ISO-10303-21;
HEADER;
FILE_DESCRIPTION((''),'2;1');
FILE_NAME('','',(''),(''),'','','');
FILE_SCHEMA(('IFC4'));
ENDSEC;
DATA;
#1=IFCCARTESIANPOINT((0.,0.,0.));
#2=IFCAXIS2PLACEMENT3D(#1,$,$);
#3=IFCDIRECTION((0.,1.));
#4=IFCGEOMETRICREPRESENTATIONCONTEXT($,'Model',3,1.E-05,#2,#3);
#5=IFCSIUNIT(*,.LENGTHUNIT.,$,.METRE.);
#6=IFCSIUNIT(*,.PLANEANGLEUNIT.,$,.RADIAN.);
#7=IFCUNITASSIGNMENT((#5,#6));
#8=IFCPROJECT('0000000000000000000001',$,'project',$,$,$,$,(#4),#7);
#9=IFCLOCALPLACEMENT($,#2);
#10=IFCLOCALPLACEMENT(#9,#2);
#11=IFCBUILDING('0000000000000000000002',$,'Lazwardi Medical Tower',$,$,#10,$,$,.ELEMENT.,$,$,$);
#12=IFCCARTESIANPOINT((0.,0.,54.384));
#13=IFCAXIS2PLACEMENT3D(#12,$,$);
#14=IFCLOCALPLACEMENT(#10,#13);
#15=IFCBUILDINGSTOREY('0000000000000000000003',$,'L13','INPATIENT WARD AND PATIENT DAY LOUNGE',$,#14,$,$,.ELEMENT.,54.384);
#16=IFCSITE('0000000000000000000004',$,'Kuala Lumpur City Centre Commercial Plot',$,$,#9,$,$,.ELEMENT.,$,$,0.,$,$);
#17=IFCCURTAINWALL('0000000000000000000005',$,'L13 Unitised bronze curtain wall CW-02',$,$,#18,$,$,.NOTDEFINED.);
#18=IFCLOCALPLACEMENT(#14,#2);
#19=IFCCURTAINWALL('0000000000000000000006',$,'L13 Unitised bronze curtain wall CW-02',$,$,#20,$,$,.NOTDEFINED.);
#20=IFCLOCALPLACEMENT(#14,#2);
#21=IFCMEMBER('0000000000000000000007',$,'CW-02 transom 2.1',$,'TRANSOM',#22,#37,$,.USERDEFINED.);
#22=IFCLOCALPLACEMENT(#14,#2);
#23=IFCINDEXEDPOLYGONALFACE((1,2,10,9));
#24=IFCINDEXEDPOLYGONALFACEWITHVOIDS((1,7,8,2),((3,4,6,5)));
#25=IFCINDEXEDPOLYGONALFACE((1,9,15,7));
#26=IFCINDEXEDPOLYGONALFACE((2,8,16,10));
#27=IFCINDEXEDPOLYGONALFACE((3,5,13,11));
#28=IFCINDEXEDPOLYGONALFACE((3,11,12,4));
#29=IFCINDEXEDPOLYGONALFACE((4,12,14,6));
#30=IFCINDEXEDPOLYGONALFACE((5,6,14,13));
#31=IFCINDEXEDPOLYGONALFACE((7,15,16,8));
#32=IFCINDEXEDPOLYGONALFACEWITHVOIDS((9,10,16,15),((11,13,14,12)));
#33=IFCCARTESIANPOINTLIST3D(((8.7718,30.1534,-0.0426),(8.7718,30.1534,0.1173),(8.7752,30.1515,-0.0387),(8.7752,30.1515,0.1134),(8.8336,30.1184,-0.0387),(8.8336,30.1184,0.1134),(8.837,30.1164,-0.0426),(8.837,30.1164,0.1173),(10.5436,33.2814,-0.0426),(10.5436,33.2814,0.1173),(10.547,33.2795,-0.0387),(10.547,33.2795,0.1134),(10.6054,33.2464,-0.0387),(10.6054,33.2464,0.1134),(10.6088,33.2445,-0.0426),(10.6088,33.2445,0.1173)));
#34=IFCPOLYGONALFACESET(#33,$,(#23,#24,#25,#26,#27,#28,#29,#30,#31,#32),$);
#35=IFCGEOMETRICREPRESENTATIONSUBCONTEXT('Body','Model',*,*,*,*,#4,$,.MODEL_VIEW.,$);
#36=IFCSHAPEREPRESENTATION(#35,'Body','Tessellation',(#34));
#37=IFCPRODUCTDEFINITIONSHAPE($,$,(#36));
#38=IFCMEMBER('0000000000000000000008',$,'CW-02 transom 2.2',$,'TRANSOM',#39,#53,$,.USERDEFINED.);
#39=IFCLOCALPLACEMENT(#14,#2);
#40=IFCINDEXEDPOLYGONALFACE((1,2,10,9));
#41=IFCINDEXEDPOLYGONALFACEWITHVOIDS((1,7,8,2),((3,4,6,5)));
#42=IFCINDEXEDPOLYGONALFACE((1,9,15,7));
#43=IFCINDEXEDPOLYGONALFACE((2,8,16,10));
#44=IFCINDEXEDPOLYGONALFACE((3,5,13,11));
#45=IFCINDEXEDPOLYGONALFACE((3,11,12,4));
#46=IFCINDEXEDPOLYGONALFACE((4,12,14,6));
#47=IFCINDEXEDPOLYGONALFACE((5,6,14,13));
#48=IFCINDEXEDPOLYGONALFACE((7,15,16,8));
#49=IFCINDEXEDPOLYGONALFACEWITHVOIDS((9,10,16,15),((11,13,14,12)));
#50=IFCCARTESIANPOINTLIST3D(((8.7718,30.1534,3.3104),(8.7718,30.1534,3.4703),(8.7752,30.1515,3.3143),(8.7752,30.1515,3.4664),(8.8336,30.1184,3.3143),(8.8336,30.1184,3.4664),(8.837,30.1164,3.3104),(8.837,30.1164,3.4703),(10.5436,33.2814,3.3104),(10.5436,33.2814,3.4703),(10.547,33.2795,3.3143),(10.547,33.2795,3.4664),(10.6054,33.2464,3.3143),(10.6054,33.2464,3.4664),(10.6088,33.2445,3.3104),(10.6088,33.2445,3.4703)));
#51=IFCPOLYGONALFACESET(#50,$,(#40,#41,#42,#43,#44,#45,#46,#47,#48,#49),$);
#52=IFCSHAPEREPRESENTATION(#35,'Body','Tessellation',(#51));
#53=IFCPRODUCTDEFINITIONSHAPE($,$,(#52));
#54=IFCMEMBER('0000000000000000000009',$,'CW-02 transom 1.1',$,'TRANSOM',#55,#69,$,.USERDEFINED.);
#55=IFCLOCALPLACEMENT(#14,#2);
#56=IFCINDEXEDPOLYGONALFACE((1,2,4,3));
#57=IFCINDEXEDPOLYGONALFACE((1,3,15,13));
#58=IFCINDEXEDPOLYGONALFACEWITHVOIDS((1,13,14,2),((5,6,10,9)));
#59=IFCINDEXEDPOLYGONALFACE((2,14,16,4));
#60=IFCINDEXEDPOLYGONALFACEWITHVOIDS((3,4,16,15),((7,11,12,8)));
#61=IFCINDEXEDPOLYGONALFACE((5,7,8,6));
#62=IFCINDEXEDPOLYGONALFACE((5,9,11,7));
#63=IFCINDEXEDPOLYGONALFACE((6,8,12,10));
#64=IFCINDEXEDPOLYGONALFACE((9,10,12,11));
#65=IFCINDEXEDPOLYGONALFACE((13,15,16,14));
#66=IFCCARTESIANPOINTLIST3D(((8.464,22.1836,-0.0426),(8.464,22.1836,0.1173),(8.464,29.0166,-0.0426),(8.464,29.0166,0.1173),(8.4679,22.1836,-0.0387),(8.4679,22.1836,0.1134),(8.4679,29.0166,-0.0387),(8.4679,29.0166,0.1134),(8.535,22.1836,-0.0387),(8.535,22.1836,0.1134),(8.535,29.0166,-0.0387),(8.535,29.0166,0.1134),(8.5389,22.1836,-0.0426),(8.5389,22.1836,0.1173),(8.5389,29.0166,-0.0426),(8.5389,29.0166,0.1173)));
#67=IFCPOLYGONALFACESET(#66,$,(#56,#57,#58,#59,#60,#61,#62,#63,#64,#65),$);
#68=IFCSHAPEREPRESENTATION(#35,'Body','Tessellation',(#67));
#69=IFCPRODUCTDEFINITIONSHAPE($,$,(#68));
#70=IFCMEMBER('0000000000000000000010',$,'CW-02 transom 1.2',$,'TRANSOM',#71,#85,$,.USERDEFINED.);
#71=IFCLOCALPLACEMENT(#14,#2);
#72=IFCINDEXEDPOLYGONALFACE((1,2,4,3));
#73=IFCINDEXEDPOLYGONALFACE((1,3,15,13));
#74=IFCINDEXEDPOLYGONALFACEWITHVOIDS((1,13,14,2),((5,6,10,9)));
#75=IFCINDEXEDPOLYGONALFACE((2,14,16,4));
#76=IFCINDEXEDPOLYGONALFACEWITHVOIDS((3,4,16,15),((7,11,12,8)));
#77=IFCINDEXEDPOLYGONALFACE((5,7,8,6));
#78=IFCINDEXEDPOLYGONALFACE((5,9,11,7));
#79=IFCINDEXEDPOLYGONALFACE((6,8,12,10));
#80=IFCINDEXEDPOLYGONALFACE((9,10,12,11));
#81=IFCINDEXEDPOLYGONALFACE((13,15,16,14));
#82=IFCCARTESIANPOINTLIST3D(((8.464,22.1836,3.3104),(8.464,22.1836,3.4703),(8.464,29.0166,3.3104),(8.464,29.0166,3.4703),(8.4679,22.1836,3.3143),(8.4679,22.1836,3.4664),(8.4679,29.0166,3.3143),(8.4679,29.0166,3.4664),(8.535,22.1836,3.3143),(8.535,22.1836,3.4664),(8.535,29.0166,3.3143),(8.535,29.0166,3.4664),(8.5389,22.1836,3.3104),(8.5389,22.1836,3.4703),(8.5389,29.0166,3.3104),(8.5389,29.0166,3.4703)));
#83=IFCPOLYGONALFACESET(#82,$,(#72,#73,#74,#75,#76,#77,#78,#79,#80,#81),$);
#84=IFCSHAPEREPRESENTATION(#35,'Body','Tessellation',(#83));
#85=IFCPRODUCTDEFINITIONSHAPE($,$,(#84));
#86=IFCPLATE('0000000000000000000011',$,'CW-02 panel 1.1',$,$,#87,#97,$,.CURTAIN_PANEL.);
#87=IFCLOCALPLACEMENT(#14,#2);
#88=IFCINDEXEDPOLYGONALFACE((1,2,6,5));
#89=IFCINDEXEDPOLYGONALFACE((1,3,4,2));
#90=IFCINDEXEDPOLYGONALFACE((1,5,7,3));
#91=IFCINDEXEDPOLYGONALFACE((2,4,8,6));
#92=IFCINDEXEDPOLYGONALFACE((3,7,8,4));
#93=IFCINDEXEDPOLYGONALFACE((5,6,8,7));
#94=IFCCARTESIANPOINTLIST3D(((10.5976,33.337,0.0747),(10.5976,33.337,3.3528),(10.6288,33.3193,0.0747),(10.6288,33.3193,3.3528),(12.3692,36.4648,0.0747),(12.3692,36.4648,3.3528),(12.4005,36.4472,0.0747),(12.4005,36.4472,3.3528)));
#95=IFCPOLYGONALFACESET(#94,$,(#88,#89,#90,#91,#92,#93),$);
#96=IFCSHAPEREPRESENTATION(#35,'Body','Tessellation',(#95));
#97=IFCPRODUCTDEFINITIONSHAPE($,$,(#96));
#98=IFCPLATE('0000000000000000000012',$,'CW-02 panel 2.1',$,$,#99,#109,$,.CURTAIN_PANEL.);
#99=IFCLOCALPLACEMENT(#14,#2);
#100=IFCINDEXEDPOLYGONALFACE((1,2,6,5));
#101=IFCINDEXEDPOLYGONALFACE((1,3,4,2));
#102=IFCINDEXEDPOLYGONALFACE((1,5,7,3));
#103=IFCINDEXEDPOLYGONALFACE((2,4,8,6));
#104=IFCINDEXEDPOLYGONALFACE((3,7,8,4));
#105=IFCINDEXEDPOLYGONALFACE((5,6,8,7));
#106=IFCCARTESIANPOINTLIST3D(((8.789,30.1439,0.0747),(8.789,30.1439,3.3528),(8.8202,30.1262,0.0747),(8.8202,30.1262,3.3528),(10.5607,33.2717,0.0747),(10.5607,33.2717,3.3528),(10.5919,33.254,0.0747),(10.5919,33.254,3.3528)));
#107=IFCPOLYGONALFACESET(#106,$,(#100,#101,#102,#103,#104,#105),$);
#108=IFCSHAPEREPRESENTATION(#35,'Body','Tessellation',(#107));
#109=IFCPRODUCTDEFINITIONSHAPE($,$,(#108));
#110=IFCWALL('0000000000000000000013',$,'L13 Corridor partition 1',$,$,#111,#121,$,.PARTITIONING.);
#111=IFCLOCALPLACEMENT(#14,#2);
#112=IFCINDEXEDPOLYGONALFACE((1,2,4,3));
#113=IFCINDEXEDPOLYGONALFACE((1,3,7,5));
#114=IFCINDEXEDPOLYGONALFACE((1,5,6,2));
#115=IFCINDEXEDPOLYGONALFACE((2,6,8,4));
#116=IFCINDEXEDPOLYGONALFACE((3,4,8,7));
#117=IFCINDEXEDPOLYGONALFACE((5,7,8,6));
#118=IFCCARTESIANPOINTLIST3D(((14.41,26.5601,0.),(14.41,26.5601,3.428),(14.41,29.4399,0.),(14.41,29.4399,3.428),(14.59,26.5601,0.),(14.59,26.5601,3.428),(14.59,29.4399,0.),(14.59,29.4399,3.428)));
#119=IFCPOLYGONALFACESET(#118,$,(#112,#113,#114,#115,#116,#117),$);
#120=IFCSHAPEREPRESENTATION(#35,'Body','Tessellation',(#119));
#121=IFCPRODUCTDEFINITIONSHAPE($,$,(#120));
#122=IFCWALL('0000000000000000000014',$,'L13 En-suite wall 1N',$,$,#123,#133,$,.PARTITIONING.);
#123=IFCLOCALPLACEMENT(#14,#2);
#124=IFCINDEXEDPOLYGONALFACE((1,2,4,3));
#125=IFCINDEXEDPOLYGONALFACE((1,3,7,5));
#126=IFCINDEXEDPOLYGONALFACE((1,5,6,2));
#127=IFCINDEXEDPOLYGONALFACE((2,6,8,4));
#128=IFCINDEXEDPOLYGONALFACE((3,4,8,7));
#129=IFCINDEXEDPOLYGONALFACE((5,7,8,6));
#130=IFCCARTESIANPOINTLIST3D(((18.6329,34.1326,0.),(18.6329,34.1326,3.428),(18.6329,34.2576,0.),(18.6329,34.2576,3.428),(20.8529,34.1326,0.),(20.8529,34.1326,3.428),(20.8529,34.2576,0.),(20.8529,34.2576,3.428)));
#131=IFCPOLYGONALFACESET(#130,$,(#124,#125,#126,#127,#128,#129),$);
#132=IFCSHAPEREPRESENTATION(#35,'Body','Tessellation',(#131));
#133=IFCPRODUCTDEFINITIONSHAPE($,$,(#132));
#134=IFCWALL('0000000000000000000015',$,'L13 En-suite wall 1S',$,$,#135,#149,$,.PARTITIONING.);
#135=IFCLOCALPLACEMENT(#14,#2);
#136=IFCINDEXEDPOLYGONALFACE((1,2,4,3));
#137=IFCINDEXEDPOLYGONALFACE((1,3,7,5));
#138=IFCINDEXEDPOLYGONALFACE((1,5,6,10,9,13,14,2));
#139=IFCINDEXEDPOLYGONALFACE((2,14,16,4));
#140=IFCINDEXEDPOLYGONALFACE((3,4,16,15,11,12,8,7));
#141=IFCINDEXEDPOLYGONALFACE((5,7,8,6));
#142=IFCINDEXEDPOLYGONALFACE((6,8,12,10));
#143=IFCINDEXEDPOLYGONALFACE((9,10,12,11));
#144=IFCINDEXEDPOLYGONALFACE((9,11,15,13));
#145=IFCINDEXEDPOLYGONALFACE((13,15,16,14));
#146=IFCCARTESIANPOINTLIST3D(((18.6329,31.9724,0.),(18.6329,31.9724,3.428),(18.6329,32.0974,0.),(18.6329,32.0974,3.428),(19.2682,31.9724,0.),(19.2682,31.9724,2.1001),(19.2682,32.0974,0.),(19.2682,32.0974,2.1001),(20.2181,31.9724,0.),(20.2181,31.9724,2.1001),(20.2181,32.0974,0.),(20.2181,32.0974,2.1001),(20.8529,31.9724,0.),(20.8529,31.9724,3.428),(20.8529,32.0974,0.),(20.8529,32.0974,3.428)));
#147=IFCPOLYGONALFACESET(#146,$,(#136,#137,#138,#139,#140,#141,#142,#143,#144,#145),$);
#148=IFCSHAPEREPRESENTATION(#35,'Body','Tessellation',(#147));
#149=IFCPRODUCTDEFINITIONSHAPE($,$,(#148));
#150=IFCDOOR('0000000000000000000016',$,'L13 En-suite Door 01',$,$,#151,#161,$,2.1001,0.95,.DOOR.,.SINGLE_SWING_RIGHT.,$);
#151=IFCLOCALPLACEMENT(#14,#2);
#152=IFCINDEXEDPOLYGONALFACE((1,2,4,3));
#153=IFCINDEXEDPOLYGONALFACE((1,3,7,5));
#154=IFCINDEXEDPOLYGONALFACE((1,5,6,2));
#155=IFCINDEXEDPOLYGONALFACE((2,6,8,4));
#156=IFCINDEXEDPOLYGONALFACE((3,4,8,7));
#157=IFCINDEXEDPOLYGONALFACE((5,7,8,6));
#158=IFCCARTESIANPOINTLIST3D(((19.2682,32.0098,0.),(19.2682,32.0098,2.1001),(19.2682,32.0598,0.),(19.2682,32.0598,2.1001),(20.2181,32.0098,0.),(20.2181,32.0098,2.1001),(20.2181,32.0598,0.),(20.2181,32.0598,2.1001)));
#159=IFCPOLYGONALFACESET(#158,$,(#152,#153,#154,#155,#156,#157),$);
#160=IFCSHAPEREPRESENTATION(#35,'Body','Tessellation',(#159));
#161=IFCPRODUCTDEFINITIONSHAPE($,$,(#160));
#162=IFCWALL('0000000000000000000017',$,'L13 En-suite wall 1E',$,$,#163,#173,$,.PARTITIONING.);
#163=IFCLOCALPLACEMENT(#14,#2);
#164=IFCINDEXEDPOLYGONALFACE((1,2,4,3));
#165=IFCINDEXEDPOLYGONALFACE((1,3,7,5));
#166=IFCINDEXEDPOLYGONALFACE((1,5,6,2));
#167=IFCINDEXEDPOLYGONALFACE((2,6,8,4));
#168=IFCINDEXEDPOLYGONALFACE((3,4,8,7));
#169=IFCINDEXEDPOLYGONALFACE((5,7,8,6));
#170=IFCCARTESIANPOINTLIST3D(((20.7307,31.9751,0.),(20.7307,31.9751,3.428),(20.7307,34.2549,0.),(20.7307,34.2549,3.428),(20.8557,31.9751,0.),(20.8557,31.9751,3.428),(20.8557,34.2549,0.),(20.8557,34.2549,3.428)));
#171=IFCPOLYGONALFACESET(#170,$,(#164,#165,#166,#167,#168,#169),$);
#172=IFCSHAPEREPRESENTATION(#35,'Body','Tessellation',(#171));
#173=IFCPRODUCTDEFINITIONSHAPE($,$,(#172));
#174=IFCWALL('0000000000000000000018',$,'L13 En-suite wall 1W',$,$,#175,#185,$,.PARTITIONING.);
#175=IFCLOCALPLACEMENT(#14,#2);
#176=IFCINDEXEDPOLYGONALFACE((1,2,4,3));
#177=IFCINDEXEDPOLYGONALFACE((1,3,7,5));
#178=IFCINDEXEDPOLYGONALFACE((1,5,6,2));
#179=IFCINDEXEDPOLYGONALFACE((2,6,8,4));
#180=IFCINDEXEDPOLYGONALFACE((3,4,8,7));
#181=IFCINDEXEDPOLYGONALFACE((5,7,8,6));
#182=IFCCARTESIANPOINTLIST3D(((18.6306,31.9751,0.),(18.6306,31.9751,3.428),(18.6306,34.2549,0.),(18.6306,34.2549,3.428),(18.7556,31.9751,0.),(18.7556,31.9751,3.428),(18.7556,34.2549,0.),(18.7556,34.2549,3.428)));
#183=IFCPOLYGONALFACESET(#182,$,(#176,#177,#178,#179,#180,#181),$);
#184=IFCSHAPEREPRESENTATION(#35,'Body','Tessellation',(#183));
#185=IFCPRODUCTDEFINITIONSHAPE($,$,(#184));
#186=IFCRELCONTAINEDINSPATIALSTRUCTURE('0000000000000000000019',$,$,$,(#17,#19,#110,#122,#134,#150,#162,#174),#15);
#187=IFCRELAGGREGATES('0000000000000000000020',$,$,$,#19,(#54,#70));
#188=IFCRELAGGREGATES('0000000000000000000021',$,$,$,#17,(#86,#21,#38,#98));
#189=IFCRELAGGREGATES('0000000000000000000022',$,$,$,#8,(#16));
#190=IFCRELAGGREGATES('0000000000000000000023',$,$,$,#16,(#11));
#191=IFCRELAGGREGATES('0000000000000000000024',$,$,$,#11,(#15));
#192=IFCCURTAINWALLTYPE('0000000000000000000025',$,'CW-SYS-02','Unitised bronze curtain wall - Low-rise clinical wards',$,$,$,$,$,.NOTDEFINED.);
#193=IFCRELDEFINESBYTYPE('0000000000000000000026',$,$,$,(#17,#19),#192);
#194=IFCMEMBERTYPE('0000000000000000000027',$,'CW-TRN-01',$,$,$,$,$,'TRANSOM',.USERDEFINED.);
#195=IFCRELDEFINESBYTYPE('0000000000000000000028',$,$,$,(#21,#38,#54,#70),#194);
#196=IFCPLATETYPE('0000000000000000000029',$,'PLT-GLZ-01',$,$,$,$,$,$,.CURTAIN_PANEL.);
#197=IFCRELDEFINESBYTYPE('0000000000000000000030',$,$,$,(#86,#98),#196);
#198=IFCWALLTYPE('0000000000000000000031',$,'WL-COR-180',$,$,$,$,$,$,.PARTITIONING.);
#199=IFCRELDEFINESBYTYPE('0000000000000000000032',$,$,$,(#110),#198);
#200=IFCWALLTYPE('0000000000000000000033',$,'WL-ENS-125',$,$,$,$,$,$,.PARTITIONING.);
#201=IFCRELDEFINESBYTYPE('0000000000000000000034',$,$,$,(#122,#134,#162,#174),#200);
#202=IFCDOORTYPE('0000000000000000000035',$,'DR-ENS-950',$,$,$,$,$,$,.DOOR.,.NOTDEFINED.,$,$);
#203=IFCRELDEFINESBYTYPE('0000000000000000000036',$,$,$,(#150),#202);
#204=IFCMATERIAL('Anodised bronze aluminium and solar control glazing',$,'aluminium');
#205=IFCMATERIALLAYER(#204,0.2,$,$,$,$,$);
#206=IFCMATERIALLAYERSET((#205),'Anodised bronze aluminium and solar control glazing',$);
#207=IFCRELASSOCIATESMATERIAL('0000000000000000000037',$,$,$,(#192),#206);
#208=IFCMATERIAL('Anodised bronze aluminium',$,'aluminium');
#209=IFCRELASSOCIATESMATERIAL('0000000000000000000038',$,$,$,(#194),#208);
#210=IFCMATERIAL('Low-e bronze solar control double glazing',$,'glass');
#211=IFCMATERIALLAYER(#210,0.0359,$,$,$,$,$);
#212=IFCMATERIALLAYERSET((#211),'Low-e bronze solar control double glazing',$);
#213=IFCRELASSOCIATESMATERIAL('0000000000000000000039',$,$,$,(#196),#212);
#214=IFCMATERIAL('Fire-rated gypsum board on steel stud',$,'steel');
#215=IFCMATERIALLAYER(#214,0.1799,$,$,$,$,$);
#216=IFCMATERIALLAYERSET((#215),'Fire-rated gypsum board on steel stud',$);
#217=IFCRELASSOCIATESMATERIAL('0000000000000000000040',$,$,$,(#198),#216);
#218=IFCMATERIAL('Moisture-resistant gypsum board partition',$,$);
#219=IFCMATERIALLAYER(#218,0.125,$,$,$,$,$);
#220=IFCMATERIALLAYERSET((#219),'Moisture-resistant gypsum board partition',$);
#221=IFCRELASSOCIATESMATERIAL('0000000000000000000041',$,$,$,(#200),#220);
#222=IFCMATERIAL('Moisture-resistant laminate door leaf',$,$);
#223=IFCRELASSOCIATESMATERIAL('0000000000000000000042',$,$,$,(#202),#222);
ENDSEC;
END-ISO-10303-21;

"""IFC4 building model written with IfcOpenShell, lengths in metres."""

from ifc_helpers import new_model, si_unit, direction, frame, frame_2d, origin, origin_2d, place, context, subcontext, project, spatial, rectangle, hollow_rectangle, extrude, material, layer, layer_set, material_profile, profile_set, type_object, element, fill, aggregate, save


model = new_model("IFC4")

# Units and contexts
model_context = context("Model", 3, precision=1e-05, world=origin(), true_north=direction((0.0, 1.0)))
body_context = subcontext(model_context, "Body", "Model", "MODEL_VIEW")
ifc_project = project(units=[si_unit("LENGTHUNIT", "METRE"), si_unit("PLANEANGLEUNIT", "RADIAN")], contexts=[model_context])

# Site, building, storey
site_placement = place(None, origin())
site = spatial("IfcSite", under=ifc_project, at=site_placement, Name="Kuala Lumpur City Centre Commercial Plot", CompositionType="ELEMENT", RefElevation=0.0)
building_placement = place(site_placement, origin())
building = spatial("IfcBuilding", under=site, at=building_placement, Name="Lazwardi Medical Tower", CompositionType="ELEMENT")
storey_placement = place(building_placement, frame((0.0, 0.0, 54.384)))
storey = spatial("IfcBuildingStorey", under=building, at=storey_placement, Name="L13", Description="INPATIENT WARD AND PATIENT DAY LOUNGE", CompositionType="ELEMENT", Elevation=54.384)

# Curtain wall
ifc_material_1 = material(Name="Anodised bronze aluminium and solar control glazing", Category="aluminium")
ifc_layer_1 = layer(ifc_material_1, 0.2)
ifc_layer_set_1 = layer_set([ifc_layer_1], Name="Anodised bronze aluminium and solar control glazing")
curtain_wall_type = type_object("IfcCurtainWallType", Name="CW-SYS-02", Description="Unitised bronze curtain wall - Low-rise clinical wards", PredefinedType="NOTDEFINED", material=ifc_layer_set_1)
curtain_wall_1_placement = place(storey_placement, origin())
curtain_wall_1 = element("IfcCurtainWall", 1, at=curtain_wall_1_placement, inside=storey, type_object=curtain_wall_type, Name="L13 Unitised bronze curtain wall CW-02", PredefinedType="NOTDEFINED")
ifc_material_2 = material(Name="Anodised bronze aluminium", Category="aluminium")

# Curtain wall
curtain_wall_2_placement = place(storey_placement, origin())
curtain_wall_2 = element("IfcCurtainWall", 2, at=curtain_wall_2_placement, inside=storey, type_object=curtain_wall_type, Name="L13 Unitised bronze curtain wall CW-02", PredefinedType="NOTDEFINED")

# Members
ifc_material_profile_1 = material_profile(ifc_material_2, hollow_rectangle(XDim=0.075, YDim=0.1599, WallThickness=0.0039, at=origin_2d()), Name="ALU-TRANSOM 160x75x4")
ifc_profile_set_1 = profile_set([ifc_material_profile_1], Name="Anodised bronze aluminium")
member_type_1 = type_object("IfcMemberType", Name="CW-TRN-01", ElementType="TRANSOM", PredefinedType="USERDEFINED", material=ifc_profile_set_1)
member_1_placement = place(storey_placement, frame((10.5762, 33.2629, 0.0374), z_axis=(-0.492851, -0.870113, 0.0), x_axis=(0.870113, -0.492851, 0.0)))
member_1 = element("IfcMember", 3, at=member_1_placement, type_object=member_type_1, Name="CW-02 transom 2.1", ObjectType="TRANSOM", PredefinedType="USERDEFINED", context=body_context, shape_type="SweptSolid", body=[
    extrude(hollow_rectangle(XDim=0.075, YDim=0.1599, WallThickness=0.0039, at=origin_2d()), origin(), (0.0, 0.0, 1.0), 3.595),
])
member_2_placement = place(storey_placement, frame((10.5762, 33.2629, 3.3904), z_axis=(-0.492851, -0.870113, 0.0), x_axis=(0.870113, -0.492851, 0.0)))
member_2 = element("IfcMember", 4, at=member_2_placement, type_object=member_type_1, Name="CW-02 transom 2.2", ObjectType="TRANSOM", PredefinedType="USERDEFINED", context=body_context, shape_type="SweptSolid", body=[
    extrude(hollow_rectangle(XDim=0.075, YDim=0.1599, WallThickness=0.0039, at=origin_2d()), origin(), (0.0, 0.0, 1.0), 3.595),
])
member_3_placement = place(storey_placement, frame((8.5015, 29.0166, 0.0374), z_axis=(0.0, -1.0, 0.0), x_axis=(1.0, 0.0, 0.0)))
member_3 = element("IfcMember", 5, at=member_3_placement, type_object=member_type_1, Name="CW-02 transom 1.1", ObjectType="TRANSOM", PredefinedType="USERDEFINED", context=body_context, shape_type="SweptSolid", body=[
    extrude(hollow_rectangle(XDim=0.075, YDim=0.1599, WallThickness=0.0039, at=origin_2d()), origin(), (0.0, 0.0, 1.0), 6.833),
])
member_4_placement = place(storey_placement, frame((8.5015, 29.0166, 3.3904), z_axis=(0.0, -1.0, 0.0), x_axis=(1.0, 0.0, 0.0)))
member_4 = element("IfcMember", 6, at=member_4_placement, type_object=member_type_1, Name="CW-02 transom 1.2", ObjectType="TRANSOM", PredefinedType="USERDEFINED", context=body_context, shape_type="SweptSolid", body=[
    extrude(hollow_rectangle(XDim=0.075, YDim=0.1599, WallThickness=0.0039, at=origin_2d()), origin(), (0.0, 0.0, 1.0), 6.833),
])
aggregate(curtain_wall_2, [member_3, member_4])

# Plates
ifc_material_3 = material(Name="Low-e bronze solar control double glazing", Category="glass")
ifc_layer_2 = layer(ifc_material_3, 0.0359)
ifc_layer_set_2 = layer_set([ifc_layer_2], Name="Low-e bronze solar control double glazing")
plate_type = type_object("IfcPlateType", Name="PLT-GLZ-01", PredefinedType="CURTAIN_PANEL", material=ifc_layer_set_2)
plate_1_placement = place(storey_placement, frame((11.499, 34.8921, 0.0747), z_axis=(0.0, 0.0, 1.0), x_axis=(-0.492854, -0.870112, 0.0)))
plate_1 = element("IfcPlate", 7, at=plate_1_placement, type_object=plate_type, Name="CW-02 panel 1.1", PredefinedType="CURTAIN_PANEL", context=body_context, shape_type="SweptSolid", body=[
    extrude(rectangle(XDim=3.5947, YDim=0.0359, at=origin_2d()), origin(), (0.0, 0.0, 1.0), 3.2781),
])
plate_2_placement = place(storey_placement, frame((9.6904, 31.699, 0.0747), z_axis=(0.0, 0.0, 1.0), x_axis=(-0.492854, -0.870112, 0.0)))
plate_2 = element("IfcPlate", 8, at=plate_2_placement, type_object=plate_type, Name="CW-02 panel 2.1", PredefinedType="CURTAIN_PANEL", context=body_context, shape_type="SweptSolid", body=[
    extrude(rectangle(XDim=3.5947, YDim=0.0359, at=origin_2d()), origin(), (0.0, 0.0, 1.0), 3.2781),
])
aggregate(curtain_wall_1, [plate_1, member_1, member_2, plate_2])

# Walls
ifc_material_4 = material(Name="Fire-rated gypsum board on steel stud", Category="steel")
ifc_layer_3 = layer(ifc_material_4, 0.1799)
ifc_layer_set_3 = layer_set([ifc_layer_3], Name="Fire-rated gypsum board on steel stud")
wall_type_1 = type_object("IfcWallType", Name="WL-COR-180", PredefinedType="PARTITIONING", material=ifc_layer_set_3)
wall_1_placement = place(storey_placement, frame((14.5, 26.5601, 0.0), z_axis=(0.0, 0.0, 1.0), x_axis=(0.0, 1.0, 0.0)))
element("IfcWall", 9, at=wall_1_placement, inside=storey, type_object=wall_type_1, Name="L13 Corridor partition 1", PredefinedType="PARTITIONING", context=body_context, shape_type="SweptSolid", body=[
    extrude(rectangle(XDim=2.8799, YDim=0.1799, at=frame_2d((1.4399, 0.0))), origin(), (0.0, 0.0, 1.0), 3.428),
])
ifc_material_5 = material(Name="Moisture-resistant gypsum board partition")
ifc_layer_4 = layer(ifc_material_5, 0.125)
ifc_layer_set_4 = layer_set([ifc_layer_4], Name="Moisture-resistant gypsum board partition")
wall_type_2 = type_object("IfcWallType", Name="WL-ENS-125", PredefinedType="PARTITIONING", material=ifc_layer_set_4)
wall_2_placement = place(storey_placement, frame((18.6331, 34.1951, 0.0), z_axis=(0.0, 0.0, 1.0), x_axis=(1.0, 0.0, 0.0)))
element("IfcWall", 10, at=wall_2_placement, inside=storey, type_object=wall_type_2, Name="L13 En-suite wall 1N", PredefinedType="PARTITIONING", context=body_context, shape_type="SweptSolid", body=[
    extrude(rectangle(XDim=2.22, YDim=0.125, at=frame_2d((1.1099, 0.0))), origin(), (0.0, 0.0, 1.0), 3.428),
])

# Wall, opening, door
wall_3_placement = place(storey_placement, frame((18.6331, 32.0349, 0.0), z_axis=(0.0, 0.0, 1.0), x_axis=(1.0, 0.0, 0.0)))
wall_3 = element("IfcWall", 11, at=wall_3_placement, inside=storey, type_object=wall_type_2, Name="L13 En-suite wall 1S", PredefinedType="PARTITIONING", context=body_context, shape_type="SweptSolid", body=[
    extrude(rectangle(XDim=2.22, YDim=0.125, at=frame_2d((1.1099, 0.0))), origin(), (0.0, 0.0, 1.0), 3.428),
])
opening_placement = place(wall_3_placement, frame((0.635, 0.0, 0.0)))
opening = element("IfcOpeningElement", 12, at=opening_placement, cuts=wall_3, PredefinedType="OPENING", context=body_context, shape_type="SweptSolid", body=[
    extrude(rectangle(XDim=0.95, YDim=2.1001, at=frame_2d((0.4751, 1.05))), frame((0.0, 0.0725, 0.0), z_axis=(0.0, -1.0, 0.0), x_axis=(1.0, 0.0, 0.0)), (0.0, 0.0, 1.0), 0.145),
])
ifc_material_6 = material(Name="Moisture-resistant laminate door leaf")
door_type = type_object("IfcDoorType", Name="DR-ENS-950", OperationType="NOTDEFINED", PredefinedType="DOOR", material=ifc_material_6)
door_placement = place(opening_placement, origin())
door = element("IfcDoor", 13, at=door_placement, inside=storey, type_object=door_type, Name="L13 En-suite Door 01", OperationType="SINGLE_SWING_RIGHT", OverallHeight=2.1001, OverallWidth=0.95, PredefinedType="DOOR", context=body_context, shape_type="SweptSolid", body=[
    extrude(rectangle(XDim=0.95, YDim=2.1001, at=frame_2d((0.4751, 1.05))), frame((0.0, 0.0249, 0.0), z_axis=(0.0, -1.0, 0.0), x_axis=(1.0, 0.0, 0.0)), (0.0, 0.0, 1.0), 0.05),
])
fill(opening, door)

# Walls
for number, where, z_axis, x_axis, name in (
    (14, (20.7932, 31.9751, 0.0), (0.0, 0.0, 1.0), (0.0, 1.0, 0.0), "L13 En-suite wall 1E"),
    (15, (18.6931, 31.9751, 0.0), (0.0, 0.0, 1.0), (0.0, 1.0, 0.0), "L13 En-suite wall 1W"),
):
    element("IfcWall", number, at=place(storey_placement, frame(where, z_axis=z_axis, x_axis=x_axis)), inside=storey, type_object=wall_type_2, Name=name, PredefinedType="PARTITIONING", context=body_context, shape_type="SweptSolid", body=[
        extrude(rectangle(XDim=2.2798, YDim=0.125, at=frame_2d((1.1399, 0.0))), origin(), (0.0, 0.0, 1.0), 3.428),
    ])

save(model, "model.ifc")
